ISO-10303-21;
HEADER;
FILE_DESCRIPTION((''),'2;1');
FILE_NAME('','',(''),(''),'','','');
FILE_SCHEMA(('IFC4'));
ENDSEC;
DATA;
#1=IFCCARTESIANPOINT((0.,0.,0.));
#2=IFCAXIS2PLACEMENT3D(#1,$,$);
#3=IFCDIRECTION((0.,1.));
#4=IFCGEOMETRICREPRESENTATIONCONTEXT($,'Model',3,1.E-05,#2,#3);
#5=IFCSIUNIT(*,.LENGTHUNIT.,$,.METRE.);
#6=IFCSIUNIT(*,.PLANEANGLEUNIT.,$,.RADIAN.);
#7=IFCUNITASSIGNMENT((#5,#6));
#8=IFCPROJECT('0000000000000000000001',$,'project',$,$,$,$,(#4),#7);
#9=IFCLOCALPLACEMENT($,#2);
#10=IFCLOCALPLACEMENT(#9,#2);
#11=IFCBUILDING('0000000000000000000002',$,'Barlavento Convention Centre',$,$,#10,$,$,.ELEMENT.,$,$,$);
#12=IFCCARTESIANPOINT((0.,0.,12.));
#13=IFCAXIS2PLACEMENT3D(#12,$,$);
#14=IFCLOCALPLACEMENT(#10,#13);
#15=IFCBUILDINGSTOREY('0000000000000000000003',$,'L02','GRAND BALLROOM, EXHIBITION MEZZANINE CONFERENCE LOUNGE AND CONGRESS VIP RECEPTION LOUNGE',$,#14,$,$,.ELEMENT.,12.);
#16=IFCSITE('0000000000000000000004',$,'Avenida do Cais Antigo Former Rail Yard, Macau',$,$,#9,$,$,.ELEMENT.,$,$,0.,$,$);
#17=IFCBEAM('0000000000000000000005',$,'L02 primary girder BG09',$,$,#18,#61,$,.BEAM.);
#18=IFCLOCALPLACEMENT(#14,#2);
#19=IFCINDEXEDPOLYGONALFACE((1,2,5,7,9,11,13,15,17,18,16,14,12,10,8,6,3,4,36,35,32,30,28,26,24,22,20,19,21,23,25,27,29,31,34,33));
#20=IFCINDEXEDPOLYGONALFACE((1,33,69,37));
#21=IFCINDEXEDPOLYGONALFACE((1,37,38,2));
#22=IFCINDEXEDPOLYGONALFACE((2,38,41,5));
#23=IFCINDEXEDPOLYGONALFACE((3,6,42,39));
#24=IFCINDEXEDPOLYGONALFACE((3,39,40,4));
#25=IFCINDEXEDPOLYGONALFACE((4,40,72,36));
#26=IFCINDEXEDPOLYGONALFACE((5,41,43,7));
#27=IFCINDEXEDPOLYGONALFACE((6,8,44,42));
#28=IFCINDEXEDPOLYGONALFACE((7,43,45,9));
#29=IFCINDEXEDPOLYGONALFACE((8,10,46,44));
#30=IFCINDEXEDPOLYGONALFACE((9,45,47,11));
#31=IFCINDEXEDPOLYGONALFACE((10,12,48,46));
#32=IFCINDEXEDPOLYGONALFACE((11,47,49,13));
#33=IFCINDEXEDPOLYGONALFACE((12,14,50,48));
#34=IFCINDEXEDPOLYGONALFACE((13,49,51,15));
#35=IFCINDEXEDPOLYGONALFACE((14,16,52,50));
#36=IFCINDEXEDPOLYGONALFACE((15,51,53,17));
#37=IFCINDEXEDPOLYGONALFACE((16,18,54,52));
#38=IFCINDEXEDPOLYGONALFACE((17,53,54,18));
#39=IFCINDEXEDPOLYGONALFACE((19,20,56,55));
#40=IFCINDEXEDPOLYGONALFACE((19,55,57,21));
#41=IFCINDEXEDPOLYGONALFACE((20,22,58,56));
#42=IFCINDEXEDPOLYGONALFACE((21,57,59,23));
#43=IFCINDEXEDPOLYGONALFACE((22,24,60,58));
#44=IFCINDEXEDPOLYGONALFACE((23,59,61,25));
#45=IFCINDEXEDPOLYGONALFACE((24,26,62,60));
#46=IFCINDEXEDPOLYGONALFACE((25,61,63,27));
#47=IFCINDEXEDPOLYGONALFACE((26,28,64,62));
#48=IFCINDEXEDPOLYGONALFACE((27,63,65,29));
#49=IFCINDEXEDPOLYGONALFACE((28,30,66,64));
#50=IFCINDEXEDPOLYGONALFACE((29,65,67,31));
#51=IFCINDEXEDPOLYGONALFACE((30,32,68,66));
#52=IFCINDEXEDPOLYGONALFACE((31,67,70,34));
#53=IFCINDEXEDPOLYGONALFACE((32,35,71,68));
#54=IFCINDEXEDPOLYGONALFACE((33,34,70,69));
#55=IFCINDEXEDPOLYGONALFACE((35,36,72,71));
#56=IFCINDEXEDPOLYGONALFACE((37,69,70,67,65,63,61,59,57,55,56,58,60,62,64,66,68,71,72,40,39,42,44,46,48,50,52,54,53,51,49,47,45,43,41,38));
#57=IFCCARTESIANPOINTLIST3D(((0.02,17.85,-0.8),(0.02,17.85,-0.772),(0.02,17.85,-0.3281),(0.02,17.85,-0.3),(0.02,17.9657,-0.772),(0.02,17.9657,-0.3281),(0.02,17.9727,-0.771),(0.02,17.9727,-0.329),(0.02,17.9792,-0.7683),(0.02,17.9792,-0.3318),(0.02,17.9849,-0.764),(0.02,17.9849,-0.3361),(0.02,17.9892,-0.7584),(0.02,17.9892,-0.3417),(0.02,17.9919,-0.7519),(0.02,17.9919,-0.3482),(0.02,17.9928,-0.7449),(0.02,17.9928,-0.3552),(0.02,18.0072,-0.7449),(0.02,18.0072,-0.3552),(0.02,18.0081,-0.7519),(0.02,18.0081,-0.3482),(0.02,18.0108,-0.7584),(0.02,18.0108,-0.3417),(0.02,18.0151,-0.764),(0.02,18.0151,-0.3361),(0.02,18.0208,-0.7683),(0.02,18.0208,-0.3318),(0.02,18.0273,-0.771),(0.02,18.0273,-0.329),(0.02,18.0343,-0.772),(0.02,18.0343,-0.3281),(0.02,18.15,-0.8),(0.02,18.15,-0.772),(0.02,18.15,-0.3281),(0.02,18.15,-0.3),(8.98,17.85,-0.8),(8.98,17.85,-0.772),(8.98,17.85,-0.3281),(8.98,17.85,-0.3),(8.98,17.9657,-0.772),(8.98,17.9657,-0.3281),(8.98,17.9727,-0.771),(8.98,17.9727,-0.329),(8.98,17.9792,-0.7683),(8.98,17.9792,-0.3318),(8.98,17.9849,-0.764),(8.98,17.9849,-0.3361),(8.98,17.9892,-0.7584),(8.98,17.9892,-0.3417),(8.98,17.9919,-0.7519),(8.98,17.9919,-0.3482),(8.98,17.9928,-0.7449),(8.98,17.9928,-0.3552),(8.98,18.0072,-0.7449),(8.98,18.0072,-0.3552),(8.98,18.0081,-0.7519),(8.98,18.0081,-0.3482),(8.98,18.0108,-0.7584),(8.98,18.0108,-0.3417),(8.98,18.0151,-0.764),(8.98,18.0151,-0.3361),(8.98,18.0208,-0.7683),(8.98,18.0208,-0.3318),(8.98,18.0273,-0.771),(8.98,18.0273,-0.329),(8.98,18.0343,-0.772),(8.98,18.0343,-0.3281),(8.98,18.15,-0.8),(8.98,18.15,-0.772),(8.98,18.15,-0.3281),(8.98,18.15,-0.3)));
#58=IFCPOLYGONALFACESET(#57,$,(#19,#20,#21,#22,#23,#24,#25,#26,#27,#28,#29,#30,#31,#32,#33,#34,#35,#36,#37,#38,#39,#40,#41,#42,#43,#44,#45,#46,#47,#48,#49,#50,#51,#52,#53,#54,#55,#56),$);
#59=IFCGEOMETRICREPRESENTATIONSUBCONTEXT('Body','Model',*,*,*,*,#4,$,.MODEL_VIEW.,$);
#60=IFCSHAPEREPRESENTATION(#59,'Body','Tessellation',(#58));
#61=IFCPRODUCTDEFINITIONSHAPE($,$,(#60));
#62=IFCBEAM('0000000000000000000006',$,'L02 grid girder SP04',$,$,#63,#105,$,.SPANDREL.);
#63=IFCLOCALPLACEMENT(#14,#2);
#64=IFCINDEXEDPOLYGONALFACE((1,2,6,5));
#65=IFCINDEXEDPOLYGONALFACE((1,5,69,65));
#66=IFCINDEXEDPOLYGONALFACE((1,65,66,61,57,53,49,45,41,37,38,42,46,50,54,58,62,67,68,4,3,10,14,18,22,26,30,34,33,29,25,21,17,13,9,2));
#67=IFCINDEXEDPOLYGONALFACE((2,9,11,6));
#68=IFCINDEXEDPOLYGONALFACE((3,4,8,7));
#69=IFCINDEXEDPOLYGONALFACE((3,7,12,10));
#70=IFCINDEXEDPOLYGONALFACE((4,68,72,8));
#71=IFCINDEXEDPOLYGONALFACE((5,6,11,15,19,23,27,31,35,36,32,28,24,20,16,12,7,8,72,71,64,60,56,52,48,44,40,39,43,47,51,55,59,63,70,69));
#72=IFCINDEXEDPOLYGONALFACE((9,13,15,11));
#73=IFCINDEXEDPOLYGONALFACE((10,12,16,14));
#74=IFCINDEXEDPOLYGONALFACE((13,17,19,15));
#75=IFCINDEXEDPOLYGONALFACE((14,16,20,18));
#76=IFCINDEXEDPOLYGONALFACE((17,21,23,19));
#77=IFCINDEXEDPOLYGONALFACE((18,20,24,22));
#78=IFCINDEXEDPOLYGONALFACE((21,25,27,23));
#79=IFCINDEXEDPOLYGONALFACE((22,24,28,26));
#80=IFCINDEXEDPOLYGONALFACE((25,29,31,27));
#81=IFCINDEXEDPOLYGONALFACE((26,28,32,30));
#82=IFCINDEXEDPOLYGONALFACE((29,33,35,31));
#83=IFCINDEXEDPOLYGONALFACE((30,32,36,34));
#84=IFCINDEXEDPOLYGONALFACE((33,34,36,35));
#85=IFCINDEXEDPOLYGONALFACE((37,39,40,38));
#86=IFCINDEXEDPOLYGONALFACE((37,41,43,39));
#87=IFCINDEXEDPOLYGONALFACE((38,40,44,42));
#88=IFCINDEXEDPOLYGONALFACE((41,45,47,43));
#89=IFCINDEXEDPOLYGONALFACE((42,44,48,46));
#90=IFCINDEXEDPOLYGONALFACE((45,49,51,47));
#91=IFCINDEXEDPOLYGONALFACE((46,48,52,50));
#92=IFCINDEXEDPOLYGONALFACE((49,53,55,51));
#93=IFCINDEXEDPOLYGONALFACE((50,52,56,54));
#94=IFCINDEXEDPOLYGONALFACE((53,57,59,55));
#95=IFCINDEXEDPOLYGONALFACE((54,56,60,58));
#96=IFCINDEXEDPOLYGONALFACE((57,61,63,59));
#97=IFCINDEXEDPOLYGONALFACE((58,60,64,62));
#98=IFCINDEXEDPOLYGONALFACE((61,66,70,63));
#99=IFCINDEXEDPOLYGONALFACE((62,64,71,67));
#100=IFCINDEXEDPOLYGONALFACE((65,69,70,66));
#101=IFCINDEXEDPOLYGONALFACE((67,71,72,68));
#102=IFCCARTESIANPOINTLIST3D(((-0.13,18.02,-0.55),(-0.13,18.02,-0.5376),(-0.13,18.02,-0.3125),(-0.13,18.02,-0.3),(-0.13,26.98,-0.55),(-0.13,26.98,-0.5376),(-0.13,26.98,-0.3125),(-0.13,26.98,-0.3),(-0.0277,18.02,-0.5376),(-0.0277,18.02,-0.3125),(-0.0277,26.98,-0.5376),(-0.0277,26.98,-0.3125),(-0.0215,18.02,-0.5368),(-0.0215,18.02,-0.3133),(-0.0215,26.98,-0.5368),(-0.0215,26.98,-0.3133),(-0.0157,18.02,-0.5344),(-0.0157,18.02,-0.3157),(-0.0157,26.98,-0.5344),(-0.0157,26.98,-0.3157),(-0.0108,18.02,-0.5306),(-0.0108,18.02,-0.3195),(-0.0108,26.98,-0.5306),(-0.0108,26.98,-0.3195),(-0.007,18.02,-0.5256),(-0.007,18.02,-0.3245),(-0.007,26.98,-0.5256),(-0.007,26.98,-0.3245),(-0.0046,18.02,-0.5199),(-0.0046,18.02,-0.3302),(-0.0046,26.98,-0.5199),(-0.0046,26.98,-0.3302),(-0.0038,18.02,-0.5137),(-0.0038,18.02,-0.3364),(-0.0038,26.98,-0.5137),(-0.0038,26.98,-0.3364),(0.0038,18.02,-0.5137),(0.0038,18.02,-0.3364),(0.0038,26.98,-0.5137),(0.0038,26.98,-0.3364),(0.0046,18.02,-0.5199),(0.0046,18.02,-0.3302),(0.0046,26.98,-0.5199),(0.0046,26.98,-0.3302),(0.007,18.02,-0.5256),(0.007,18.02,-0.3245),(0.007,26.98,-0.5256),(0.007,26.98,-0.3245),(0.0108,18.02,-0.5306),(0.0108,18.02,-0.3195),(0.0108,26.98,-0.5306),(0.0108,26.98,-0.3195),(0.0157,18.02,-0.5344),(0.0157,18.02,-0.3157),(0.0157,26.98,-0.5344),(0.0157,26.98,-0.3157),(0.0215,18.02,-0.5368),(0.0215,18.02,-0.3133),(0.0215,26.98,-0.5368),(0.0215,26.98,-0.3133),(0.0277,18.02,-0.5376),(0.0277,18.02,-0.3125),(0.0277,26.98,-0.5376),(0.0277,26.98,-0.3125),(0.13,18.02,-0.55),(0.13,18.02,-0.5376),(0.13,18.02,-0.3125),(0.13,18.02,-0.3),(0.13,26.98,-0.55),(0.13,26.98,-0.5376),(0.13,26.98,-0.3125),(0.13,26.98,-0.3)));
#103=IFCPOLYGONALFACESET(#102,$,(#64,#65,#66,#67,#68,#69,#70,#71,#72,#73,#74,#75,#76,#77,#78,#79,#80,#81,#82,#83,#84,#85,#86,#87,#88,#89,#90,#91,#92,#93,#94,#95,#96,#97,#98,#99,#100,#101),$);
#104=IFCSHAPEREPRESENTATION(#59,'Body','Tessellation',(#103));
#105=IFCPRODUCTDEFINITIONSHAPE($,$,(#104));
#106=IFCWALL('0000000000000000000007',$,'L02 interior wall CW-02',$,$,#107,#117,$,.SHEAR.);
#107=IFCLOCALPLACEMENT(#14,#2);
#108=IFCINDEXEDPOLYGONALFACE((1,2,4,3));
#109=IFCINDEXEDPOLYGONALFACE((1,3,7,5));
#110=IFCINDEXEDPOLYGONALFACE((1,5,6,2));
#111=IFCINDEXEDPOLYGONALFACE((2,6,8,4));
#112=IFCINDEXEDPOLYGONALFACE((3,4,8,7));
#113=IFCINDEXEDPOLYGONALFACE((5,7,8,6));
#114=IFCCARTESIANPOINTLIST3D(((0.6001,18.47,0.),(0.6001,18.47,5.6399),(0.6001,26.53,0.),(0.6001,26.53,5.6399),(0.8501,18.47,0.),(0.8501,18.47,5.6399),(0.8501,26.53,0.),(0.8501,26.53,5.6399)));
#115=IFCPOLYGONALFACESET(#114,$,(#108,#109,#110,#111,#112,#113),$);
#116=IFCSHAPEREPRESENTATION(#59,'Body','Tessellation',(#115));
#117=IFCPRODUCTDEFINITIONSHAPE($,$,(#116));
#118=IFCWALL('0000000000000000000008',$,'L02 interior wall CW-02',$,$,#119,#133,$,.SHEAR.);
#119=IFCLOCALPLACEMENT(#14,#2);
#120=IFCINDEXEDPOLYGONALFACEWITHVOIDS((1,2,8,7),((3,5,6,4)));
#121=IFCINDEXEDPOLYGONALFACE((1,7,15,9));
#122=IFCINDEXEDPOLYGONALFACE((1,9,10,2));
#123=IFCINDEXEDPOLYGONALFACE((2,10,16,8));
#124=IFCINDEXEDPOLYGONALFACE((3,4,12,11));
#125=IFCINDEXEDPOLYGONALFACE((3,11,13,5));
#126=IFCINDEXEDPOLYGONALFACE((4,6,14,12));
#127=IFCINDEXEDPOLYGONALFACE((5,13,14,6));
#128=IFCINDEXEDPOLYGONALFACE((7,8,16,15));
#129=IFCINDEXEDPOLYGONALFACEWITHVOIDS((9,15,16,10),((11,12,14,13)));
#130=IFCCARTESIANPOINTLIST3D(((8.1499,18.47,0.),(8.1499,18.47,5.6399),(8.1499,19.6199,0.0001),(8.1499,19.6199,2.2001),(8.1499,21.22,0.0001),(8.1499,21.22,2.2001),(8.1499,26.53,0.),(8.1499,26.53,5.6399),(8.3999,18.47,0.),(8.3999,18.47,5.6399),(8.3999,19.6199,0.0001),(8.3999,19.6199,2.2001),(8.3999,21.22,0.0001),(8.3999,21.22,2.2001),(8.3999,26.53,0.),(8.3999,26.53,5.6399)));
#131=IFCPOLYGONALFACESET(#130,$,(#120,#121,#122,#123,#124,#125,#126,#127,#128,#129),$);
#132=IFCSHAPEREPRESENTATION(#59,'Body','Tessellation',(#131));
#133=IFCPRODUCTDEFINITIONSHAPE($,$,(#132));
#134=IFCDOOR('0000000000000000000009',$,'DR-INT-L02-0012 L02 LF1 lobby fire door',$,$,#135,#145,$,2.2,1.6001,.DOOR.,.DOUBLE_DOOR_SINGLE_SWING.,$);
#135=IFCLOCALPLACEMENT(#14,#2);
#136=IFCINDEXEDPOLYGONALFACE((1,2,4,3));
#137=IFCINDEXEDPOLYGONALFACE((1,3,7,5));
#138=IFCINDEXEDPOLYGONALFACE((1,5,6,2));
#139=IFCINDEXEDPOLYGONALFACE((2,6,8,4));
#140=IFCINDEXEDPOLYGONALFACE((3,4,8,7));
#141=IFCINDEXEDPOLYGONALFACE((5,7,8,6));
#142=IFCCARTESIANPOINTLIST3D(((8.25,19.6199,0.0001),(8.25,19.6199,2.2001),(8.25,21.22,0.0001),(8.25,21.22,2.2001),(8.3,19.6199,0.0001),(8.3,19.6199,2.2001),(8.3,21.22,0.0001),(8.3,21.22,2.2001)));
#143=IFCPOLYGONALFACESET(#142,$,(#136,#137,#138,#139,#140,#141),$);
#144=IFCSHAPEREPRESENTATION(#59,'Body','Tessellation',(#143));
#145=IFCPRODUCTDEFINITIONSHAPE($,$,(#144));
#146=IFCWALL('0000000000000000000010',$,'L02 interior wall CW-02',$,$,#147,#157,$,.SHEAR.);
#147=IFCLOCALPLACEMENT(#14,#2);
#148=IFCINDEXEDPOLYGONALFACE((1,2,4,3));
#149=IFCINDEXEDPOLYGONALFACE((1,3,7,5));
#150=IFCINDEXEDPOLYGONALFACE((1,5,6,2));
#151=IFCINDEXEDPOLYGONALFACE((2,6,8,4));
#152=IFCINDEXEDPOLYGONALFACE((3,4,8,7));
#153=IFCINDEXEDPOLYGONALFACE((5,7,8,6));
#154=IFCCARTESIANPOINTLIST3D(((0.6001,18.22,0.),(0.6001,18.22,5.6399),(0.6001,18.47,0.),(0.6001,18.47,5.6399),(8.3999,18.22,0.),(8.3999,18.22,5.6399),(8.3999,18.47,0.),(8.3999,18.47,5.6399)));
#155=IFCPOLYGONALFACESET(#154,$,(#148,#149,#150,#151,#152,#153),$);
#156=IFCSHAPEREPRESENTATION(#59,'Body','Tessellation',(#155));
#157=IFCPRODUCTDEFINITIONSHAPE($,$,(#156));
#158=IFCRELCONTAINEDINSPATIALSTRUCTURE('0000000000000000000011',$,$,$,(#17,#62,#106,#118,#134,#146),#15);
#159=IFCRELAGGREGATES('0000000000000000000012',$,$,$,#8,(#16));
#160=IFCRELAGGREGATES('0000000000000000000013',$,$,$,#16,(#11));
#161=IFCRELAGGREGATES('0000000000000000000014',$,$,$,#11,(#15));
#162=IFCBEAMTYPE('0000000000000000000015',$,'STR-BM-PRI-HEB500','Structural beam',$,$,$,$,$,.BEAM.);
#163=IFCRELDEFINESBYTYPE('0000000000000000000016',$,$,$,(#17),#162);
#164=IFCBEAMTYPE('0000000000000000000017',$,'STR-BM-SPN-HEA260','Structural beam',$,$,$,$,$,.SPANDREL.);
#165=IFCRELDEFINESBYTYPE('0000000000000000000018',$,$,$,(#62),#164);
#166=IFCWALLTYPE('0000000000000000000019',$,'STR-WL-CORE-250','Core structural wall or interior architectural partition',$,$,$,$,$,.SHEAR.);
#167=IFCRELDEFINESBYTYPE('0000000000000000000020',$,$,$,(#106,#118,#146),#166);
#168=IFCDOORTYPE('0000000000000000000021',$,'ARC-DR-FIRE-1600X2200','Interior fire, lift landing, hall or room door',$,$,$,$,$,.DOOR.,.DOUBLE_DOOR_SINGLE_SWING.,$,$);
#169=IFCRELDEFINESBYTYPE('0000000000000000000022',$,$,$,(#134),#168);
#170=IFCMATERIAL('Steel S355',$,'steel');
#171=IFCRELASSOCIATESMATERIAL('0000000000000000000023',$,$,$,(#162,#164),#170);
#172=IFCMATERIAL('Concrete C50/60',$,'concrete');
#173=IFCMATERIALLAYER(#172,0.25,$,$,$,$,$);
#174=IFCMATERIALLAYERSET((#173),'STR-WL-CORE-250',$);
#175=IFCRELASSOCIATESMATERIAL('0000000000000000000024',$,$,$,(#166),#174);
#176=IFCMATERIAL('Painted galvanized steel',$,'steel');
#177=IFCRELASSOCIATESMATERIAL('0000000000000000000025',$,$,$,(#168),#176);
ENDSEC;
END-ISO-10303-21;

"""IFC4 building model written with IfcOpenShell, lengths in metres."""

from ifc_helpers import new_model, si_unit, direction, frame, frame_2d, origin, origin_2d, place, context, subcontext, project, spatial, rectangle, i_section, extrude, material, layer, layer_set, material_profile, profile_set, type_object, element, fill, save


model = new_model("IFC4")

# Units and contexts
model_context = context("Model", 3, precision=1e-05, world=origin(), true_north=direction((0.0, 1.0)))
body_context = subcontext(model_context, "Body", "Model", "MODEL_VIEW")
ifc_project = project(units=[si_unit("LENGTHUNIT", "METRE"), si_unit("PLANEANGLEUNIT", "RADIAN")], contexts=[model_context])

# Site, building, storey
site_placement = place(None, origin())
site = spatial("IfcSite", under=ifc_project, at=site_placement, Name="Avenida do Cais Antigo Former Rail Yard, Macau", CompositionType="ELEMENT", RefElevation=0.0)
building_placement = place(site_placement, origin())
building = spatial("IfcBuilding", under=site, at=building_placement, Name="Barlavento Convention Centre", CompositionType="ELEMENT")
storey_placement = place(building_placement, frame((0.0, 0.0, 12.0)))
storey = spatial("IfcBuildingStorey", under=building, at=storey_placement, Name="L02", Description="GRAND BALLROOM, EXHIBITION MEZZANINE CONFERENCE LOUNGE AND CONGRESS VIP RECEPTION LOUNGE", CompositionType="ELEMENT", Elevation=12.0)

# Shared definitions
ifc_material_1 = material(Name="Steel S355", Category="steel")

# Beams
ifc_material_profile_1 = material_profile(ifc_material_1, i_section(OverallWidth=0.3, OverallDepth=0.5, WebThickness=0.0144, FlangeThickness=0.0281, FilletRadius=0.0271, at=origin_2d()), Name="HEB 500")
ifc_profile_set_1 = profile_set([ifc_material_profile_1], Name="Steel S355")
beam_type_1 = type_object("IfcBeamType", Name="STR-BM-PRI-HEB500", Description="Structural beam", PredefinedType="BEAM", material=ifc_profile_set_1)
beam_1_placement = place(storey_placement, frame((0.02, 18.0, -0.55), z_axis=(1.0, 0.0, 0.0), x_axis=(0.0, 1.0, 0.0)))
element("IfcBeam", 1, at=beam_1_placement, inside=storey, type_object=beam_type_1, Name="L02 primary girder BG09", PredefinedType="BEAM", context=body_context, shape_type="SweptSolid", body=[
    extrude(i_section(OverallWidth=0.3, OverallDepth=0.5, WebThickness=0.0144, FlangeThickness=0.0281, FilletRadius=0.0271, at=origin_2d()), origin(), (0.0, 0.0, 1.0), 8.96),
])
ifc_material_profile_2 = material_profile(ifc_material_1, i_section(OverallWidth=0.26, OverallDepth=0.25, WebThickness=0.0076, FlangeThickness=0.0125, FilletRadius=0.0239, at=origin_2d()), Name="HEA 260")
ifc_profile_set_2 = profile_set([ifc_material_profile_2], Name="Steel S355")
beam_type_2 = type_object("IfcBeamType", Name="STR-BM-SPN-HEA260", Description="Structural beam", PredefinedType="SPANDREL", material=ifc_profile_set_2)
beam_2_placement = place(storey_placement, frame((0.0, 18.02, -0.425), z_axis=(0.0, 1.0, 0.0), x_axis=(-1.0, 0.0, 0.0)))
element("IfcBeam", 2, at=beam_2_placement, inside=storey, type_object=beam_type_2, Name="L02 grid girder SP04", PredefinedType="SPANDREL", context=body_context, shape_type="SweptSolid", body=[
    extrude(i_section(OverallWidth=0.26, OverallDepth=0.25, WebThickness=0.0076, FlangeThickness=0.0125, FilletRadius=0.0239, at=origin_2d()), origin(), (0.0, 0.0, 1.0), 8.96),
])

# Wall
ifc_material_2 = material(Name="Concrete C50/60", Category="concrete")
ifc_layer_1 = layer(ifc_material_2, 0.25)
ifc_layer_set_1 = layer_set([ifc_layer_1], Name="STR-WL-CORE-250")
wall_type = type_object("IfcWallType", Name="STR-WL-CORE-250", Description="Core structural wall or interior architectural partition", PredefinedType="SHEAR", material=ifc_layer_set_1)
wall_1_placement = place(storey_placement, frame((0.7251, 18.47, 0.0), z_axis=(0.0, 0.0, 1.0), x_axis=(0.0, 1.0, 0.0)))
element("IfcWall", 3, at=wall_1_placement, inside=storey, type_object=wall_type, Name="L02 interior wall CW-02", PredefinedType="SHEAR", context=body_context, shape_type="SweptSolid", body=[
    extrude(rectangle(XDim=8.0601, YDim=0.25, at=frame_2d((4.03, 0.0))), origin(), (0.0, 0.0, 1.0), 5.6399),
])

# Wall, opening, door
wall_2_placement = place(storey_placement, frame((8.2749, 18.47, 0.0), z_axis=(0.0, 0.0, 1.0), x_axis=(0.0, 1.0, 0.0)))
wall_2 = element("IfcWall", 4, at=wall_2_placement, inside=storey, type_object=wall_type, Name="L02 interior wall CW-02", PredefinedType="SHEAR", context=body_context, shape_type="SweptSolid", body=[
    extrude(rectangle(XDim=8.0601, YDim=0.25, at=frame_2d((4.03, 0.0))), origin(), (0.0, 0.0, 1.0), 5.6399),
])
opening_1_placement = place(wall_2_placement, frame((1.1499, 0.0, 0.0)))
opening_1 = element("IfcOpeningElement", 5, at=opening_1_placement, cuts=wall_2, PredefinedType="OPENING", context=body_context, shape_type="SweptSolid", body=[
    extrude(rectangle(XDim=1.6001, YDim=2.2, at=frame_2d((0.8, 1.1001))), frame((0.0, 0.135, 0.0), z_axis=(0.0, -1.0, 0.0), x_axis=(1.0, 0.0, 0.0)), (0.0, 0.0, 1.0), 0.27),
])
ifc_material_3 = material(Name="Painted galvanized steel", Category="steel")
door_type_1 = type_object("IfcDoorType", Name="ARC-DR-FIRE-1600X2200", Description="Interior fire, lift landing, hall or room door", OperationType="DOUBLE_DOOR_SINGLE_SWING", PredefinedType="DOOR", material=ifc_material_3)
door_1_placement = place(opening_1_placement, origin())
door_1 = element("IfcDoor", 6, at=door_1_placement, inside=storey, type_object=door_type_1, Name="DR-INT-L02-0012 L02 LF1 lobby fire door", OperationType="DOUBLE_DOOR_SINGLE_SWING", OverallHeight=2.2, OverallWidth=1.6001, PredefinedType="DOOR", context=body_context, shape_type="SweptSolid", body=[
    extrude(rectangle(XDim=1.6001, YDim=2.2, at=frame_2d((0.8, 1.1001))), frame((0.0, 0.0249, 0.0), z_axis=(0.0, -1.0, 0.0), x_axis=(1.0, 0.0, 0.0)), (0.0, 0.0, 1.0), 0.05),
])
fill(opening_1, door_1)

# Wall
wall_3_placement = place(storey_placement, frame((0.6001, 18.345, 0.0), z_axis=(0.0, 0.0, 1.0), x_axis=(1.0, 0.0, 0.0)))
element("IfcWall", 7, at=wall_3_placement, inside=storey, type_object=wall_type, Name="L02 interior wall CW-02", PredefinedType="SHEAR", context=body_context, shape_type="SweptSolid", body=[
    extrude(rectangle(XDim=7.7998, YDim=0.25, at=frame_2d((3.8999, 0.0))), origin(), (0.0, 0.0, 1.0), 5.6399),
])

save(model, "model.ifc")
